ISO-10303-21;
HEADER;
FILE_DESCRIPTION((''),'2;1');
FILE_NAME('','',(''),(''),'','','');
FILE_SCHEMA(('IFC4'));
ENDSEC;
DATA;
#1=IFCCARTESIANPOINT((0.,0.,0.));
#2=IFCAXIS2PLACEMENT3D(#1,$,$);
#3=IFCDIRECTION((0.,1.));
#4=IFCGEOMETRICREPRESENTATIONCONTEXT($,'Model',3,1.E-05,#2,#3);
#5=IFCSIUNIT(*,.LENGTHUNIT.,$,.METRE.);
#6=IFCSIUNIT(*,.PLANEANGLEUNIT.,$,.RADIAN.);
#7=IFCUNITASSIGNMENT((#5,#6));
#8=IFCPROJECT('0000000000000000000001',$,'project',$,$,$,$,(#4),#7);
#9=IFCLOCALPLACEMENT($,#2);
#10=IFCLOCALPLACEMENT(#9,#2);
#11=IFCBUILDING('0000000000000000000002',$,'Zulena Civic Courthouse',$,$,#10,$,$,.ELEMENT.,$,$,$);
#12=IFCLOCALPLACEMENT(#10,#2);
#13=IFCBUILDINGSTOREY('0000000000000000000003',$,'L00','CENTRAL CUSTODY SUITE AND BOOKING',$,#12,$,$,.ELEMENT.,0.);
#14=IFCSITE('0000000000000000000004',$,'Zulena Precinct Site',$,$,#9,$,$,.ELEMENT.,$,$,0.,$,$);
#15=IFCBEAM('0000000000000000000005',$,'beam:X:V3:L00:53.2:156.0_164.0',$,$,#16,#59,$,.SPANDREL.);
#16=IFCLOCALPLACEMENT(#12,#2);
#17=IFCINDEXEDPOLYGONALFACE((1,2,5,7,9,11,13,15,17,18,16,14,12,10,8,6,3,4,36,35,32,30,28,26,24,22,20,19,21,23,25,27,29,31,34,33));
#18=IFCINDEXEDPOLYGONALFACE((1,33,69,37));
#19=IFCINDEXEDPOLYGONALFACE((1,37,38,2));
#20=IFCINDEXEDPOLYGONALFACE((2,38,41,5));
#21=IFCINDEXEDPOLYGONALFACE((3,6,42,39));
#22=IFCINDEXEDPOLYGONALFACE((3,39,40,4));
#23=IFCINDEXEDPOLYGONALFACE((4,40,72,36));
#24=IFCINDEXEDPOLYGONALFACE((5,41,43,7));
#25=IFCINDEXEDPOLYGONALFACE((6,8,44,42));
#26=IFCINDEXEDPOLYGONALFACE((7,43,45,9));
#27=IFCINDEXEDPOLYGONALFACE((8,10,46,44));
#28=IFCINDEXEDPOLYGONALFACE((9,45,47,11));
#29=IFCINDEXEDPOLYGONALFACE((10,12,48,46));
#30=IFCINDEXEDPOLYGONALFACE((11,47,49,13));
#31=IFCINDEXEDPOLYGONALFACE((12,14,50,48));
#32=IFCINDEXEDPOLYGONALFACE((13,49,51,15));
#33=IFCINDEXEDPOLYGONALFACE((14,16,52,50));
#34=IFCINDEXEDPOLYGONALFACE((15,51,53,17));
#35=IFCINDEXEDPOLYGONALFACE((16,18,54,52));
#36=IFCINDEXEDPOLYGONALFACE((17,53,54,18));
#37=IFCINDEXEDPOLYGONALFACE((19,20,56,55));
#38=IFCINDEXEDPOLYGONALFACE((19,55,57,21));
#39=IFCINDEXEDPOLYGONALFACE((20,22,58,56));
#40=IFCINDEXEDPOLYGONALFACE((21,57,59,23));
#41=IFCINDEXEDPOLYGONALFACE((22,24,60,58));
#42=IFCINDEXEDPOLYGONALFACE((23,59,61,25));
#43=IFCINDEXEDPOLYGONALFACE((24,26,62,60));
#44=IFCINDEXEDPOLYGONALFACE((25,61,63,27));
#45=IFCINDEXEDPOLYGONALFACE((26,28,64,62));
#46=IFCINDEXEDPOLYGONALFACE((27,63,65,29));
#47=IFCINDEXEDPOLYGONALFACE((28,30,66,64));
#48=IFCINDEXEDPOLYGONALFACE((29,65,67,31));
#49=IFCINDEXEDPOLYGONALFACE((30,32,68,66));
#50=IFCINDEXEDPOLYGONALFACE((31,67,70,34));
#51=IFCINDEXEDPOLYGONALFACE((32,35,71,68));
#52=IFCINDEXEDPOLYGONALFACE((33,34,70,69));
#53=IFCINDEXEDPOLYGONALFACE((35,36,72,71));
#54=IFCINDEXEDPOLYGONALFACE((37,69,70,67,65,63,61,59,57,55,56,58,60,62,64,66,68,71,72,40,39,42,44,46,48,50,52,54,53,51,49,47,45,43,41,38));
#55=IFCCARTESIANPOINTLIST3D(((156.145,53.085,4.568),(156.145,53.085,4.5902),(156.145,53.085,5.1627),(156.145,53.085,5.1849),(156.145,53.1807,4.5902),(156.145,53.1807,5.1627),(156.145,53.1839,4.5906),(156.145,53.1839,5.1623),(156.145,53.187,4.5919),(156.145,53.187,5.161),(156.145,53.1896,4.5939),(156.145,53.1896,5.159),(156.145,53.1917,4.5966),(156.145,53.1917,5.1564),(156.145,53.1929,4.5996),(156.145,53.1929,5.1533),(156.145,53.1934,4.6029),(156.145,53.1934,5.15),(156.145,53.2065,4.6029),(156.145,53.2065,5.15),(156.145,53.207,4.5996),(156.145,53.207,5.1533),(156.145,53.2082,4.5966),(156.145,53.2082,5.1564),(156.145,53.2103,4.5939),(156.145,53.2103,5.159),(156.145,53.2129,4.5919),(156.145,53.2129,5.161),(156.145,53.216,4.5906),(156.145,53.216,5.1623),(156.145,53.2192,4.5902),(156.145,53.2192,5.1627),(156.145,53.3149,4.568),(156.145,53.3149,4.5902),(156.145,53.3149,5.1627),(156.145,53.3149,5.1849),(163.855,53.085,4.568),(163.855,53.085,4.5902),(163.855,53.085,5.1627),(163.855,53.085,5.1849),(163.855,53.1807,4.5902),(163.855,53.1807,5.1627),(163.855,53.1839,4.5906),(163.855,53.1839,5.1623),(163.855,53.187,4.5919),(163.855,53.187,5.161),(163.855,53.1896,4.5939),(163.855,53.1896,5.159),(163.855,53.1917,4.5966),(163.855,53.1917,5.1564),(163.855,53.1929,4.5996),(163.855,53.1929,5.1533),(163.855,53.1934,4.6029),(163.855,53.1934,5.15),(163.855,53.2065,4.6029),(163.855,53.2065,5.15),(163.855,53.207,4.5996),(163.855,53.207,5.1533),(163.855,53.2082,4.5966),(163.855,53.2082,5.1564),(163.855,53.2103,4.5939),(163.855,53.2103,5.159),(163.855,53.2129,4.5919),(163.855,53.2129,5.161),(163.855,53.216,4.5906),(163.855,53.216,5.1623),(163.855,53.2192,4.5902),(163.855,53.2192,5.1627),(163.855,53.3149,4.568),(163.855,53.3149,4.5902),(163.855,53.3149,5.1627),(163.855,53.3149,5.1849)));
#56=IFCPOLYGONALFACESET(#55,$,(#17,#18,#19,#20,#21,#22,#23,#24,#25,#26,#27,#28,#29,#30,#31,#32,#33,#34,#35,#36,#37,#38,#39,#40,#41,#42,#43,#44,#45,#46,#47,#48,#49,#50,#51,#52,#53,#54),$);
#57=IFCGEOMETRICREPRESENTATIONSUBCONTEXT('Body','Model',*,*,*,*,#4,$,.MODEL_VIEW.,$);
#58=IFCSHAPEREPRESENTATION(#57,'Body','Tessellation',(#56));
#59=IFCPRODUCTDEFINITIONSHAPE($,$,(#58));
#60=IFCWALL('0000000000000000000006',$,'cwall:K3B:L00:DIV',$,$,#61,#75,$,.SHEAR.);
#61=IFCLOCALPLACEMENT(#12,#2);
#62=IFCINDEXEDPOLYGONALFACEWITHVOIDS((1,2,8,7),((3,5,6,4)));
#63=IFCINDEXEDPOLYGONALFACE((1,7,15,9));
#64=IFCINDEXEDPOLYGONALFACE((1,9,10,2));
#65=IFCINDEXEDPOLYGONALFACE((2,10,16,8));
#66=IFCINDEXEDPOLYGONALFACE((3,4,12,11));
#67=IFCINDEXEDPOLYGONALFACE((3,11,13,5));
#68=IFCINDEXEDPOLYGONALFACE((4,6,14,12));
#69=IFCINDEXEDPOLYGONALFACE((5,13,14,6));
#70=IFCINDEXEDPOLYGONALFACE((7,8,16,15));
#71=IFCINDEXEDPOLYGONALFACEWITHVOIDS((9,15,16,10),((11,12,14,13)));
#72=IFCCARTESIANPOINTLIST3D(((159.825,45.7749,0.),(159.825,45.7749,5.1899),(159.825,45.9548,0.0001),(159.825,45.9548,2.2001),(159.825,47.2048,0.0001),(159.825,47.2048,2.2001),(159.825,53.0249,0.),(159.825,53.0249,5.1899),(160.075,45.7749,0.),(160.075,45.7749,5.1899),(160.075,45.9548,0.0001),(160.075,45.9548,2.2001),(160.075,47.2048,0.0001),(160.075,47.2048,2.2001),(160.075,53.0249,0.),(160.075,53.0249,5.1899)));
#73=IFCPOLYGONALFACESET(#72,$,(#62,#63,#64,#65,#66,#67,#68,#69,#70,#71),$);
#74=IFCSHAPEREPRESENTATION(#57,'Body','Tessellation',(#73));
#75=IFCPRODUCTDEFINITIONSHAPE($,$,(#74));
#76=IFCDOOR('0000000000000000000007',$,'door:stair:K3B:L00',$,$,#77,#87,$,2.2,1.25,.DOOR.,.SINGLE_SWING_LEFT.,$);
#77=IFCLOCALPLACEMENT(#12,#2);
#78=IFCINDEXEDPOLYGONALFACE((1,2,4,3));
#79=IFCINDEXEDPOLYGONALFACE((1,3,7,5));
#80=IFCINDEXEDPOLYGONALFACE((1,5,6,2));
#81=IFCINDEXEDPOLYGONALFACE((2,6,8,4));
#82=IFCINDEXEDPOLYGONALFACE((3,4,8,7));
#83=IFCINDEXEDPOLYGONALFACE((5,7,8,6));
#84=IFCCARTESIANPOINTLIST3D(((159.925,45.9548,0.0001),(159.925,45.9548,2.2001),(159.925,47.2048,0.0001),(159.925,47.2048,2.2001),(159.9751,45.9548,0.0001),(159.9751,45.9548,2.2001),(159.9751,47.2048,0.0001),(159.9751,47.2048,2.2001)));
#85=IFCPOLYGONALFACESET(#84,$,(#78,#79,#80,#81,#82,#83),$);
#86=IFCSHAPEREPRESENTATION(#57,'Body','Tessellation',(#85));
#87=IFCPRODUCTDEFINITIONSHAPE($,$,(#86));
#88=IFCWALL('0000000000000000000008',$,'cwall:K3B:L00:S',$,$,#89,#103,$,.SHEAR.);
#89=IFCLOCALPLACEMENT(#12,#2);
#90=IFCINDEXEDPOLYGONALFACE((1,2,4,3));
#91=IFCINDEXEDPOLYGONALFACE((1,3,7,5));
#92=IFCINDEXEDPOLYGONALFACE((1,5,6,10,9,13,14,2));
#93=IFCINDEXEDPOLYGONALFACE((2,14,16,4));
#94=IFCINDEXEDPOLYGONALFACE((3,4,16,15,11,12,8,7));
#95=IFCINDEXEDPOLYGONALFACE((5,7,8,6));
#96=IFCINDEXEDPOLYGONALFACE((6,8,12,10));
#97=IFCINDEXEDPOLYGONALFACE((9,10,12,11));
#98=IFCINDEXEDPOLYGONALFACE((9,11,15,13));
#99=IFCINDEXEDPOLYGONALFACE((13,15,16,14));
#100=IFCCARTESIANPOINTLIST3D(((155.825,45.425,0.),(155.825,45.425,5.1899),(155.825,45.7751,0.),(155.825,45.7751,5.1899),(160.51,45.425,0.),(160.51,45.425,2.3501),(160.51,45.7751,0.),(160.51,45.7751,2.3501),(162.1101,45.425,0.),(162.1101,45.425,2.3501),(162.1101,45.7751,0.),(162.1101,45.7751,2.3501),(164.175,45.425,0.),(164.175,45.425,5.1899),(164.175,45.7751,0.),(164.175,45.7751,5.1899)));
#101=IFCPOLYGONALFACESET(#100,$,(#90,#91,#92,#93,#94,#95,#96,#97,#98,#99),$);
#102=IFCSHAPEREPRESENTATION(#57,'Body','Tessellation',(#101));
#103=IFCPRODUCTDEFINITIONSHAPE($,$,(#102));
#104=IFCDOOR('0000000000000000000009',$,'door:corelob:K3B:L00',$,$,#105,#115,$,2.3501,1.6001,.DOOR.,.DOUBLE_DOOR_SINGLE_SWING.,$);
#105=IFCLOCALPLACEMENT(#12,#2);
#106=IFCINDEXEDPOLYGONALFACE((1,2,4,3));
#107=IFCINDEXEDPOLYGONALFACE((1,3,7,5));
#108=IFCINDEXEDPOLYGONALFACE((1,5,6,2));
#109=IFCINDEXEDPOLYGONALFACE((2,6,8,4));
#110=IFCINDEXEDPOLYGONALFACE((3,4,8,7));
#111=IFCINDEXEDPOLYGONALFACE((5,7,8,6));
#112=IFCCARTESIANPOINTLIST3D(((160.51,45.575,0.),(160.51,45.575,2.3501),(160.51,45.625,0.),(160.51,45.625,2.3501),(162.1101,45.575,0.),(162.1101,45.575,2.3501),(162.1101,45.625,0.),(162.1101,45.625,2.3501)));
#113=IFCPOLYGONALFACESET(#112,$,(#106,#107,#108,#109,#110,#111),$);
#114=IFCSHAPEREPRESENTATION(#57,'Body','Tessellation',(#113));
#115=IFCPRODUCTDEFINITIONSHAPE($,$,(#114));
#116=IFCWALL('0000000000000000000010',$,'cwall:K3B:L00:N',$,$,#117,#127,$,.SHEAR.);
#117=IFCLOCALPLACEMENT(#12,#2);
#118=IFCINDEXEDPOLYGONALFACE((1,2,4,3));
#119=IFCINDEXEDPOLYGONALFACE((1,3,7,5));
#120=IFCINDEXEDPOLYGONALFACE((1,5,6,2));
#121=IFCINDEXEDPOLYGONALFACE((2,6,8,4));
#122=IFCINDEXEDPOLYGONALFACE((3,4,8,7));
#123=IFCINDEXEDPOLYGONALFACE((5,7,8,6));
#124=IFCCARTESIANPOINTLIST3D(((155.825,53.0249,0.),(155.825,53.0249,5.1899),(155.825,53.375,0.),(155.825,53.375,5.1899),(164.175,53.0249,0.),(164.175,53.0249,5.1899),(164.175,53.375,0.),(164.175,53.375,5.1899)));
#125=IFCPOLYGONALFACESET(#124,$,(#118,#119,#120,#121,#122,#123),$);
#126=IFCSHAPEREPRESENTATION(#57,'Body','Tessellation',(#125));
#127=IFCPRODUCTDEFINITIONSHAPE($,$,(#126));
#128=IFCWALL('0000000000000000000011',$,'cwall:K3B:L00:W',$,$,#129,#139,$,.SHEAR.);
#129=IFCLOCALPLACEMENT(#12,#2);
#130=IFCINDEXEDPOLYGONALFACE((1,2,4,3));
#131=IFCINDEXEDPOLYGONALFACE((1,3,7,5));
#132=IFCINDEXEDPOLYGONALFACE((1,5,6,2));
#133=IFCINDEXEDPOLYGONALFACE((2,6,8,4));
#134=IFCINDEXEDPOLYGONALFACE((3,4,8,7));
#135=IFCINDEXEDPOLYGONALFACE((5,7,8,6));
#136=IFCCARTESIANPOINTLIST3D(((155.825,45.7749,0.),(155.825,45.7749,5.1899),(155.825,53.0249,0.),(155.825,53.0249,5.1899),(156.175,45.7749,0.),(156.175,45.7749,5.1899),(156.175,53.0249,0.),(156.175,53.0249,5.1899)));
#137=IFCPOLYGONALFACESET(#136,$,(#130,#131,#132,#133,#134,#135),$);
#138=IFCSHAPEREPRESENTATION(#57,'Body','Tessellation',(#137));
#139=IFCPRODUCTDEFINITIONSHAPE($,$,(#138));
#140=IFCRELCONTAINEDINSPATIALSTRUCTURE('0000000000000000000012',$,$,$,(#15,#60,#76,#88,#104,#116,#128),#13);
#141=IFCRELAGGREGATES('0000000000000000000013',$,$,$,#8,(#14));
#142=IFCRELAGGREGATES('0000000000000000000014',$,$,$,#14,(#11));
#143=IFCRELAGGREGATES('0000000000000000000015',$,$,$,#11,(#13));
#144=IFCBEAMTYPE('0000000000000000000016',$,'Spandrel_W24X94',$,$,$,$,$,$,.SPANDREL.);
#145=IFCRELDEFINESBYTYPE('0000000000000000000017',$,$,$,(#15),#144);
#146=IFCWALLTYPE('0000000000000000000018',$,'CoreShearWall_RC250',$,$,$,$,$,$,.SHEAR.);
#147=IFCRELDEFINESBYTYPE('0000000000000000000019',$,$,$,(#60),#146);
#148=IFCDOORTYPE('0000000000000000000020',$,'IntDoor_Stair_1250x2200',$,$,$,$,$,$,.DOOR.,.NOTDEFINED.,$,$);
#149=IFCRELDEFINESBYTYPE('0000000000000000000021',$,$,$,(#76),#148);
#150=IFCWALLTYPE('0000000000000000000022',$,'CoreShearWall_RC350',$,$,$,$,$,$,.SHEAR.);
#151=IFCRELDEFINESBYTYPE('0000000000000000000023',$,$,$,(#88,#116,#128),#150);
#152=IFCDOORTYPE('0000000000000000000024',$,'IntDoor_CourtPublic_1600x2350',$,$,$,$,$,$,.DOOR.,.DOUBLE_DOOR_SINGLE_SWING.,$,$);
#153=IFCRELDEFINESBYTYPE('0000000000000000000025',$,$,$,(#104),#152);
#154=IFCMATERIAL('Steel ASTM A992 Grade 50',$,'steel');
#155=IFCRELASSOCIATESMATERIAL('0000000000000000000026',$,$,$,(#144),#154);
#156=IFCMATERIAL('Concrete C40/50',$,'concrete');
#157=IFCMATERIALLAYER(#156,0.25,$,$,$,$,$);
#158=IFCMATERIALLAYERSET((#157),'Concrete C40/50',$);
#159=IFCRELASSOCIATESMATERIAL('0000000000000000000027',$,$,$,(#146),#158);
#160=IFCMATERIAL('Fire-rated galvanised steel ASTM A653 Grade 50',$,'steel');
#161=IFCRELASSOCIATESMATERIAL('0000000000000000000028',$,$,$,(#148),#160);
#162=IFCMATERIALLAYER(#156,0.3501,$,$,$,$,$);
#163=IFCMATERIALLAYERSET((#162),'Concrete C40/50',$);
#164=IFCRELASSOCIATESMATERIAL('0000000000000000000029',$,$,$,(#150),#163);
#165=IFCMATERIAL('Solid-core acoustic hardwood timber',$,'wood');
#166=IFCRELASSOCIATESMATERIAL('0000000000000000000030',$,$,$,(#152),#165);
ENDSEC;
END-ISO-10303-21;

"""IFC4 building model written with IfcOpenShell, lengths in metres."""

from ifc_helpers import new_model, si_unit, direction, frame, frame_2d, origin, origin_2d, place, context, subcontext, project, spatial, rectangle, i_section, extrude, material, layer, layer_set, material_profile, profile_set, type_object, element, fill, save


model = new_model("IFC4")

# Units and contexts
model_context = context("Model", 3, precision=1e-05, world=origin(), true_north=direction((0.0, 1.0)))
body_context = subcontext(model_context, "Body", "Model", "MODEL_VIEW")
ifc_project = project(units=[si_unit("LENGTHUNIT", "METRE"), si_unit("PLANEANGLEUNIT", "RADIAN")], contexts=[model_context])

# Site, building, storey
site_placement = place(None, origin())
site = spatial("IfcSite", under=ifc_project, at=site_placement, Name="Zulena Precinct Site", CompositionType="ELEMENT", RefElevation=0.0)
building_placement = place(site_placement, origin())
building = spatial("IfcBuilding", under=site, at=building_placement, Name="Zulena Civic Courthouse", CompositionType="ELEMENT")
storey_placement = place(building_placement, origin())
storey = spatial("IfcBuildingStorey", under=building, at=storey_placement, Name="L00", Description="CENTRAL CUSTODY SUITE AND BOOKING", CompositionType="ELEMENT", Elevation=0.0)

# Shared definitions
ifc_material_1 = material(Name="Concrete C40/50", Category="concrete")

# Shared definitions
ifc_material_2 = material(Name="Steel ASTM A992 Grade 50", Category="steel")

# Beam
ifc_material_profile_1 = material_profile(ifc_material_2, i_section(OverallWidth=0.23, OverallDepth=0.6169, WebThickness=0.0132, FlangeThickness=0.0222, FilletRadius=0.0127, at=origin_2d()), Name="W24X94")
ifc_profile_set_1 = profile_set([ifc_material_profile_1], Name="Steel ASTM A992 Grade 50")
beam_type_1 = type_object("IfcBeamType", Name="Spandrel_W24X94", PredefinedType="SPANDREL", material=ifc_profile_set_1)
beam_1_placement = place(storey_placement, frame((156.145, 53.2, 4.8765), z_axis=(1.0, 0.0, 0.0), x_axis=(0.0, 1.0, 0.0)))
element("IfcBeam", 1, at=beam_1_placement, inside=storey, type_object=beam_type_1, Name="beam:X:V3:L00:53.2:156.0_164.0", PredefinedType="SPANDREL", context=body_context, shape_type="SweptSolid", body=[
    extrude(i_section(OverallWidth=0.23, OverallDepth=0.6169, WebThickness=0.0132, FlangeThickness=0.0222, FilletRadius=0.0127, at=origin_2d()), origin(), (0.0, 0.0, 1.0), 7.71),
])

# Walls, openings, doors
ifc_layer_1 = layer(ifc_material_1, 0.25)
ifc_layer_set_1 = layer_set([ifc_layer_1], Name="Concrete C40/50")
wall_type_1 = type_object("IfcWallType", Name="CoreShearWall_RC250", PredefinedType="SHEAR", material=ifc_layer_set_1)
wall_1_placement = place(storey_placement, frame((159.95, 45.7749, 0.0), z_axis=(0.0, 0.0, 1.0), x_axis=(0.0, 1.0, 0.0)))
wall_1 = element("IfcWall", 2, at=wall_1_placement, inside=storey, type_object=wall_type_1, Name="cwall:K3B:L00:DIV", PredefinedType="SHEAR", context=body_context, shape_type="SweptSolid", body=[
    extrude(rectangle(XDim=7.25, YDim=0.25, at=frame_2d((3.625, 0.0))), origin(), (0.0, 0.0, 1.0), 5.1899),
])
opening_1_placement = place(wall_1_placement, frame((0.1799, 0.0, 0.0)))
opening_1 = element("IfcOpeningElement", 3, at=opening_1_placement, cuts=wall_1, PredefinedType="OPENING", context=body_context, shape_type="SweptSolid", body=[
    extrude(rectangle(XDim=1.25, YDim=2.2, at=frame_2d((0.625, 1.1001))), frame((0.0, 0.135, 0.0), z_axis=(0.0, -1.0, 0.0), x_axis=(1.0, 0.0, 0.0)), (0.0, 0.0, 1.0), 0.27),
])
ifc_material_3 = material(Name="Fire-rated galvanised steel ASTM A653 Grade 50", Category="steel")
door_type_1 = type_object("IfcDoorType", Name="IntDoor_Stair_1250x2200", OperationType="NOTDEFINED", PredefinedType="DOOR", material=ifc_material_3)
door_1_placement = place(opening_1_placement, origin())
door_1 = element("IfcDoor", 4, at=door_1_placement, inside=storey, type_object=door_type_1, Name="door:stair:K3B:L00", OperationType="SINGLE_SWING_LEFT", OverallHeight=2.2, OverallWidth=1.25, PredefinedType="DOOR", context=body_context, shape_type="SweptSolid", body=[
    extrude(rectangle(XDim=1.25, YDim=2.2, at=frame_2d((0.625, 1.1001))), frame((0.0, 0.0249, 0.0), z_axis=(0.0, -1.0, 0.0), x_axis=(1.0, 0.0, 0.0)), (0.0, 0.0, 1.0), 0.05),
])
fill(opening_1, door_1)
ifc_layer_2 = layer(ifc_material_1, 0.3501)
ifc_layer_set_2 = layer_set([ifc_layer_2], Name="Concrete C40/50")
wall_type_2 = type_object("IfcWallType", Name="CoreShearWall_RC350", PredefinedType="SHEAR", material=ifc_layer_set_2)
wall_2_placement = place(storey_placement, frame((155.825, 45.6001, 0.0), z_axis=(0.0, 0.0, 1.0), x_axis=(1.0, 0.0, 0.0)))
wall_2 = element("IfcWall", 5, at=wall_2_placement, inside=storey, type_object=wall_type_2, Name="cwall:K3B:L00:S", PredefinedType="SHEAR", context=body_context, shape_type="SweptSolid", body=[
    extrude(rectangle(XDim=8.3501, YDim=0.3501, at=frame_2d((4.175, 0.0))), origin(), (0.0, 0.0, 1.0), 5.1899),
])
opening_2_placement = place(wall_2_placement, frame((4.6851, 0.0, 0.0)))
opening_2 = element("IfcOpeningElement", 6, at=opening_2_placement, cuts=wall_2, PredefinedType="OPENING", context=body_context, shape_type="SweptSolid", body=[
    extrude(rectangle(XDim=1.6001, YDim=2.3501, at=frame_2d((0.8, 1.175))), frame((0.0, 0.1851, 0.0), z_axis=(0.0, -1.0, 0.0), x_axis=(1.0, 0.0, 0.0)), (0.0, 0.0, 1.0), 0.3701),
])
ifc_material_4 = material(Name="Solid-core acoustic hardwood timber", Category="wood")
door_type_2 = type_object("IfcDoorType", Name="IntDoor_CourtPublic_1600x2350", OperationType="DOUBLE_DOOR_SINGLE_SWING", PredefinedType="DOOR", material=ifc_material_4)
door_2_placement = place(opening_2_placement, origin())
door_2 = element("IfcDoor", 7, at=door_2_placement, inside=storey, type_object=door_type_2, Name="door:corelob:K3B:L00", OperationType="DOUBLE_DOOR_SINGLE_SWING", OverallHeight=2.3501, OverallWidth=1.6001, PredefinedType="DOOR", context=body_context, shape_type="SweptSolid", body=[
    extrude(rectangle(XDim=1.6001, YDim=2.3501, at=frame_2d((0.8, 1.175))), frame((0.0, 0.0249, 0.0), z_axis=(0.0, -1.0, 0.0), x_axis=(1.0, 0.0, 0.0)), (0.0, 0.0, 1.0), 0.05),
])
fill(opening_2, door_2)

# Walls
wall_3_placement = place(storey_placement, frame((155.825, 53.2, 0.0), z_axis=(0.0, 0.0, 1.0), x_axis=(1.0, 0.0, 0.0)))
element("IfcWall", 8, at=wall_3_placement, inside=storey, type_object=wall_type_2, Name="cwall:K3B:L00:N", PredefinedType="SHEAR", context=body_context, shape_type="SweptSolid", body=[
    extrude(rectangle(XDim=8.3501, YDim=0.3501, at=frame_2d((4.175, 0.0))), origin(), (0.0, 0.0, 1.0), 5.1899),
])
wall_4_placement = place(storey_placement, frame((156.0, 45.7749, 0.0), z_axis=(0.0, 0.0, 1.0), x_axis=(0.0, 1.0, 0.0)))
element("IfcWall", 9, at=wall_4_placement, inside=storey, type_object=wall_type_2, Name="cwall:K3B:L00:W", PredefinedType="SHEAR", context=body_context, shape_type="SweptSolid", body=[
    extrude(rectangle(XDim=7.25, YDim=0.3501, at=frame_2d((3.625, 0.0))), origin(), (0.0, 0.0, 1.0), 5.1899),
])

save(model, "model.ifc")
